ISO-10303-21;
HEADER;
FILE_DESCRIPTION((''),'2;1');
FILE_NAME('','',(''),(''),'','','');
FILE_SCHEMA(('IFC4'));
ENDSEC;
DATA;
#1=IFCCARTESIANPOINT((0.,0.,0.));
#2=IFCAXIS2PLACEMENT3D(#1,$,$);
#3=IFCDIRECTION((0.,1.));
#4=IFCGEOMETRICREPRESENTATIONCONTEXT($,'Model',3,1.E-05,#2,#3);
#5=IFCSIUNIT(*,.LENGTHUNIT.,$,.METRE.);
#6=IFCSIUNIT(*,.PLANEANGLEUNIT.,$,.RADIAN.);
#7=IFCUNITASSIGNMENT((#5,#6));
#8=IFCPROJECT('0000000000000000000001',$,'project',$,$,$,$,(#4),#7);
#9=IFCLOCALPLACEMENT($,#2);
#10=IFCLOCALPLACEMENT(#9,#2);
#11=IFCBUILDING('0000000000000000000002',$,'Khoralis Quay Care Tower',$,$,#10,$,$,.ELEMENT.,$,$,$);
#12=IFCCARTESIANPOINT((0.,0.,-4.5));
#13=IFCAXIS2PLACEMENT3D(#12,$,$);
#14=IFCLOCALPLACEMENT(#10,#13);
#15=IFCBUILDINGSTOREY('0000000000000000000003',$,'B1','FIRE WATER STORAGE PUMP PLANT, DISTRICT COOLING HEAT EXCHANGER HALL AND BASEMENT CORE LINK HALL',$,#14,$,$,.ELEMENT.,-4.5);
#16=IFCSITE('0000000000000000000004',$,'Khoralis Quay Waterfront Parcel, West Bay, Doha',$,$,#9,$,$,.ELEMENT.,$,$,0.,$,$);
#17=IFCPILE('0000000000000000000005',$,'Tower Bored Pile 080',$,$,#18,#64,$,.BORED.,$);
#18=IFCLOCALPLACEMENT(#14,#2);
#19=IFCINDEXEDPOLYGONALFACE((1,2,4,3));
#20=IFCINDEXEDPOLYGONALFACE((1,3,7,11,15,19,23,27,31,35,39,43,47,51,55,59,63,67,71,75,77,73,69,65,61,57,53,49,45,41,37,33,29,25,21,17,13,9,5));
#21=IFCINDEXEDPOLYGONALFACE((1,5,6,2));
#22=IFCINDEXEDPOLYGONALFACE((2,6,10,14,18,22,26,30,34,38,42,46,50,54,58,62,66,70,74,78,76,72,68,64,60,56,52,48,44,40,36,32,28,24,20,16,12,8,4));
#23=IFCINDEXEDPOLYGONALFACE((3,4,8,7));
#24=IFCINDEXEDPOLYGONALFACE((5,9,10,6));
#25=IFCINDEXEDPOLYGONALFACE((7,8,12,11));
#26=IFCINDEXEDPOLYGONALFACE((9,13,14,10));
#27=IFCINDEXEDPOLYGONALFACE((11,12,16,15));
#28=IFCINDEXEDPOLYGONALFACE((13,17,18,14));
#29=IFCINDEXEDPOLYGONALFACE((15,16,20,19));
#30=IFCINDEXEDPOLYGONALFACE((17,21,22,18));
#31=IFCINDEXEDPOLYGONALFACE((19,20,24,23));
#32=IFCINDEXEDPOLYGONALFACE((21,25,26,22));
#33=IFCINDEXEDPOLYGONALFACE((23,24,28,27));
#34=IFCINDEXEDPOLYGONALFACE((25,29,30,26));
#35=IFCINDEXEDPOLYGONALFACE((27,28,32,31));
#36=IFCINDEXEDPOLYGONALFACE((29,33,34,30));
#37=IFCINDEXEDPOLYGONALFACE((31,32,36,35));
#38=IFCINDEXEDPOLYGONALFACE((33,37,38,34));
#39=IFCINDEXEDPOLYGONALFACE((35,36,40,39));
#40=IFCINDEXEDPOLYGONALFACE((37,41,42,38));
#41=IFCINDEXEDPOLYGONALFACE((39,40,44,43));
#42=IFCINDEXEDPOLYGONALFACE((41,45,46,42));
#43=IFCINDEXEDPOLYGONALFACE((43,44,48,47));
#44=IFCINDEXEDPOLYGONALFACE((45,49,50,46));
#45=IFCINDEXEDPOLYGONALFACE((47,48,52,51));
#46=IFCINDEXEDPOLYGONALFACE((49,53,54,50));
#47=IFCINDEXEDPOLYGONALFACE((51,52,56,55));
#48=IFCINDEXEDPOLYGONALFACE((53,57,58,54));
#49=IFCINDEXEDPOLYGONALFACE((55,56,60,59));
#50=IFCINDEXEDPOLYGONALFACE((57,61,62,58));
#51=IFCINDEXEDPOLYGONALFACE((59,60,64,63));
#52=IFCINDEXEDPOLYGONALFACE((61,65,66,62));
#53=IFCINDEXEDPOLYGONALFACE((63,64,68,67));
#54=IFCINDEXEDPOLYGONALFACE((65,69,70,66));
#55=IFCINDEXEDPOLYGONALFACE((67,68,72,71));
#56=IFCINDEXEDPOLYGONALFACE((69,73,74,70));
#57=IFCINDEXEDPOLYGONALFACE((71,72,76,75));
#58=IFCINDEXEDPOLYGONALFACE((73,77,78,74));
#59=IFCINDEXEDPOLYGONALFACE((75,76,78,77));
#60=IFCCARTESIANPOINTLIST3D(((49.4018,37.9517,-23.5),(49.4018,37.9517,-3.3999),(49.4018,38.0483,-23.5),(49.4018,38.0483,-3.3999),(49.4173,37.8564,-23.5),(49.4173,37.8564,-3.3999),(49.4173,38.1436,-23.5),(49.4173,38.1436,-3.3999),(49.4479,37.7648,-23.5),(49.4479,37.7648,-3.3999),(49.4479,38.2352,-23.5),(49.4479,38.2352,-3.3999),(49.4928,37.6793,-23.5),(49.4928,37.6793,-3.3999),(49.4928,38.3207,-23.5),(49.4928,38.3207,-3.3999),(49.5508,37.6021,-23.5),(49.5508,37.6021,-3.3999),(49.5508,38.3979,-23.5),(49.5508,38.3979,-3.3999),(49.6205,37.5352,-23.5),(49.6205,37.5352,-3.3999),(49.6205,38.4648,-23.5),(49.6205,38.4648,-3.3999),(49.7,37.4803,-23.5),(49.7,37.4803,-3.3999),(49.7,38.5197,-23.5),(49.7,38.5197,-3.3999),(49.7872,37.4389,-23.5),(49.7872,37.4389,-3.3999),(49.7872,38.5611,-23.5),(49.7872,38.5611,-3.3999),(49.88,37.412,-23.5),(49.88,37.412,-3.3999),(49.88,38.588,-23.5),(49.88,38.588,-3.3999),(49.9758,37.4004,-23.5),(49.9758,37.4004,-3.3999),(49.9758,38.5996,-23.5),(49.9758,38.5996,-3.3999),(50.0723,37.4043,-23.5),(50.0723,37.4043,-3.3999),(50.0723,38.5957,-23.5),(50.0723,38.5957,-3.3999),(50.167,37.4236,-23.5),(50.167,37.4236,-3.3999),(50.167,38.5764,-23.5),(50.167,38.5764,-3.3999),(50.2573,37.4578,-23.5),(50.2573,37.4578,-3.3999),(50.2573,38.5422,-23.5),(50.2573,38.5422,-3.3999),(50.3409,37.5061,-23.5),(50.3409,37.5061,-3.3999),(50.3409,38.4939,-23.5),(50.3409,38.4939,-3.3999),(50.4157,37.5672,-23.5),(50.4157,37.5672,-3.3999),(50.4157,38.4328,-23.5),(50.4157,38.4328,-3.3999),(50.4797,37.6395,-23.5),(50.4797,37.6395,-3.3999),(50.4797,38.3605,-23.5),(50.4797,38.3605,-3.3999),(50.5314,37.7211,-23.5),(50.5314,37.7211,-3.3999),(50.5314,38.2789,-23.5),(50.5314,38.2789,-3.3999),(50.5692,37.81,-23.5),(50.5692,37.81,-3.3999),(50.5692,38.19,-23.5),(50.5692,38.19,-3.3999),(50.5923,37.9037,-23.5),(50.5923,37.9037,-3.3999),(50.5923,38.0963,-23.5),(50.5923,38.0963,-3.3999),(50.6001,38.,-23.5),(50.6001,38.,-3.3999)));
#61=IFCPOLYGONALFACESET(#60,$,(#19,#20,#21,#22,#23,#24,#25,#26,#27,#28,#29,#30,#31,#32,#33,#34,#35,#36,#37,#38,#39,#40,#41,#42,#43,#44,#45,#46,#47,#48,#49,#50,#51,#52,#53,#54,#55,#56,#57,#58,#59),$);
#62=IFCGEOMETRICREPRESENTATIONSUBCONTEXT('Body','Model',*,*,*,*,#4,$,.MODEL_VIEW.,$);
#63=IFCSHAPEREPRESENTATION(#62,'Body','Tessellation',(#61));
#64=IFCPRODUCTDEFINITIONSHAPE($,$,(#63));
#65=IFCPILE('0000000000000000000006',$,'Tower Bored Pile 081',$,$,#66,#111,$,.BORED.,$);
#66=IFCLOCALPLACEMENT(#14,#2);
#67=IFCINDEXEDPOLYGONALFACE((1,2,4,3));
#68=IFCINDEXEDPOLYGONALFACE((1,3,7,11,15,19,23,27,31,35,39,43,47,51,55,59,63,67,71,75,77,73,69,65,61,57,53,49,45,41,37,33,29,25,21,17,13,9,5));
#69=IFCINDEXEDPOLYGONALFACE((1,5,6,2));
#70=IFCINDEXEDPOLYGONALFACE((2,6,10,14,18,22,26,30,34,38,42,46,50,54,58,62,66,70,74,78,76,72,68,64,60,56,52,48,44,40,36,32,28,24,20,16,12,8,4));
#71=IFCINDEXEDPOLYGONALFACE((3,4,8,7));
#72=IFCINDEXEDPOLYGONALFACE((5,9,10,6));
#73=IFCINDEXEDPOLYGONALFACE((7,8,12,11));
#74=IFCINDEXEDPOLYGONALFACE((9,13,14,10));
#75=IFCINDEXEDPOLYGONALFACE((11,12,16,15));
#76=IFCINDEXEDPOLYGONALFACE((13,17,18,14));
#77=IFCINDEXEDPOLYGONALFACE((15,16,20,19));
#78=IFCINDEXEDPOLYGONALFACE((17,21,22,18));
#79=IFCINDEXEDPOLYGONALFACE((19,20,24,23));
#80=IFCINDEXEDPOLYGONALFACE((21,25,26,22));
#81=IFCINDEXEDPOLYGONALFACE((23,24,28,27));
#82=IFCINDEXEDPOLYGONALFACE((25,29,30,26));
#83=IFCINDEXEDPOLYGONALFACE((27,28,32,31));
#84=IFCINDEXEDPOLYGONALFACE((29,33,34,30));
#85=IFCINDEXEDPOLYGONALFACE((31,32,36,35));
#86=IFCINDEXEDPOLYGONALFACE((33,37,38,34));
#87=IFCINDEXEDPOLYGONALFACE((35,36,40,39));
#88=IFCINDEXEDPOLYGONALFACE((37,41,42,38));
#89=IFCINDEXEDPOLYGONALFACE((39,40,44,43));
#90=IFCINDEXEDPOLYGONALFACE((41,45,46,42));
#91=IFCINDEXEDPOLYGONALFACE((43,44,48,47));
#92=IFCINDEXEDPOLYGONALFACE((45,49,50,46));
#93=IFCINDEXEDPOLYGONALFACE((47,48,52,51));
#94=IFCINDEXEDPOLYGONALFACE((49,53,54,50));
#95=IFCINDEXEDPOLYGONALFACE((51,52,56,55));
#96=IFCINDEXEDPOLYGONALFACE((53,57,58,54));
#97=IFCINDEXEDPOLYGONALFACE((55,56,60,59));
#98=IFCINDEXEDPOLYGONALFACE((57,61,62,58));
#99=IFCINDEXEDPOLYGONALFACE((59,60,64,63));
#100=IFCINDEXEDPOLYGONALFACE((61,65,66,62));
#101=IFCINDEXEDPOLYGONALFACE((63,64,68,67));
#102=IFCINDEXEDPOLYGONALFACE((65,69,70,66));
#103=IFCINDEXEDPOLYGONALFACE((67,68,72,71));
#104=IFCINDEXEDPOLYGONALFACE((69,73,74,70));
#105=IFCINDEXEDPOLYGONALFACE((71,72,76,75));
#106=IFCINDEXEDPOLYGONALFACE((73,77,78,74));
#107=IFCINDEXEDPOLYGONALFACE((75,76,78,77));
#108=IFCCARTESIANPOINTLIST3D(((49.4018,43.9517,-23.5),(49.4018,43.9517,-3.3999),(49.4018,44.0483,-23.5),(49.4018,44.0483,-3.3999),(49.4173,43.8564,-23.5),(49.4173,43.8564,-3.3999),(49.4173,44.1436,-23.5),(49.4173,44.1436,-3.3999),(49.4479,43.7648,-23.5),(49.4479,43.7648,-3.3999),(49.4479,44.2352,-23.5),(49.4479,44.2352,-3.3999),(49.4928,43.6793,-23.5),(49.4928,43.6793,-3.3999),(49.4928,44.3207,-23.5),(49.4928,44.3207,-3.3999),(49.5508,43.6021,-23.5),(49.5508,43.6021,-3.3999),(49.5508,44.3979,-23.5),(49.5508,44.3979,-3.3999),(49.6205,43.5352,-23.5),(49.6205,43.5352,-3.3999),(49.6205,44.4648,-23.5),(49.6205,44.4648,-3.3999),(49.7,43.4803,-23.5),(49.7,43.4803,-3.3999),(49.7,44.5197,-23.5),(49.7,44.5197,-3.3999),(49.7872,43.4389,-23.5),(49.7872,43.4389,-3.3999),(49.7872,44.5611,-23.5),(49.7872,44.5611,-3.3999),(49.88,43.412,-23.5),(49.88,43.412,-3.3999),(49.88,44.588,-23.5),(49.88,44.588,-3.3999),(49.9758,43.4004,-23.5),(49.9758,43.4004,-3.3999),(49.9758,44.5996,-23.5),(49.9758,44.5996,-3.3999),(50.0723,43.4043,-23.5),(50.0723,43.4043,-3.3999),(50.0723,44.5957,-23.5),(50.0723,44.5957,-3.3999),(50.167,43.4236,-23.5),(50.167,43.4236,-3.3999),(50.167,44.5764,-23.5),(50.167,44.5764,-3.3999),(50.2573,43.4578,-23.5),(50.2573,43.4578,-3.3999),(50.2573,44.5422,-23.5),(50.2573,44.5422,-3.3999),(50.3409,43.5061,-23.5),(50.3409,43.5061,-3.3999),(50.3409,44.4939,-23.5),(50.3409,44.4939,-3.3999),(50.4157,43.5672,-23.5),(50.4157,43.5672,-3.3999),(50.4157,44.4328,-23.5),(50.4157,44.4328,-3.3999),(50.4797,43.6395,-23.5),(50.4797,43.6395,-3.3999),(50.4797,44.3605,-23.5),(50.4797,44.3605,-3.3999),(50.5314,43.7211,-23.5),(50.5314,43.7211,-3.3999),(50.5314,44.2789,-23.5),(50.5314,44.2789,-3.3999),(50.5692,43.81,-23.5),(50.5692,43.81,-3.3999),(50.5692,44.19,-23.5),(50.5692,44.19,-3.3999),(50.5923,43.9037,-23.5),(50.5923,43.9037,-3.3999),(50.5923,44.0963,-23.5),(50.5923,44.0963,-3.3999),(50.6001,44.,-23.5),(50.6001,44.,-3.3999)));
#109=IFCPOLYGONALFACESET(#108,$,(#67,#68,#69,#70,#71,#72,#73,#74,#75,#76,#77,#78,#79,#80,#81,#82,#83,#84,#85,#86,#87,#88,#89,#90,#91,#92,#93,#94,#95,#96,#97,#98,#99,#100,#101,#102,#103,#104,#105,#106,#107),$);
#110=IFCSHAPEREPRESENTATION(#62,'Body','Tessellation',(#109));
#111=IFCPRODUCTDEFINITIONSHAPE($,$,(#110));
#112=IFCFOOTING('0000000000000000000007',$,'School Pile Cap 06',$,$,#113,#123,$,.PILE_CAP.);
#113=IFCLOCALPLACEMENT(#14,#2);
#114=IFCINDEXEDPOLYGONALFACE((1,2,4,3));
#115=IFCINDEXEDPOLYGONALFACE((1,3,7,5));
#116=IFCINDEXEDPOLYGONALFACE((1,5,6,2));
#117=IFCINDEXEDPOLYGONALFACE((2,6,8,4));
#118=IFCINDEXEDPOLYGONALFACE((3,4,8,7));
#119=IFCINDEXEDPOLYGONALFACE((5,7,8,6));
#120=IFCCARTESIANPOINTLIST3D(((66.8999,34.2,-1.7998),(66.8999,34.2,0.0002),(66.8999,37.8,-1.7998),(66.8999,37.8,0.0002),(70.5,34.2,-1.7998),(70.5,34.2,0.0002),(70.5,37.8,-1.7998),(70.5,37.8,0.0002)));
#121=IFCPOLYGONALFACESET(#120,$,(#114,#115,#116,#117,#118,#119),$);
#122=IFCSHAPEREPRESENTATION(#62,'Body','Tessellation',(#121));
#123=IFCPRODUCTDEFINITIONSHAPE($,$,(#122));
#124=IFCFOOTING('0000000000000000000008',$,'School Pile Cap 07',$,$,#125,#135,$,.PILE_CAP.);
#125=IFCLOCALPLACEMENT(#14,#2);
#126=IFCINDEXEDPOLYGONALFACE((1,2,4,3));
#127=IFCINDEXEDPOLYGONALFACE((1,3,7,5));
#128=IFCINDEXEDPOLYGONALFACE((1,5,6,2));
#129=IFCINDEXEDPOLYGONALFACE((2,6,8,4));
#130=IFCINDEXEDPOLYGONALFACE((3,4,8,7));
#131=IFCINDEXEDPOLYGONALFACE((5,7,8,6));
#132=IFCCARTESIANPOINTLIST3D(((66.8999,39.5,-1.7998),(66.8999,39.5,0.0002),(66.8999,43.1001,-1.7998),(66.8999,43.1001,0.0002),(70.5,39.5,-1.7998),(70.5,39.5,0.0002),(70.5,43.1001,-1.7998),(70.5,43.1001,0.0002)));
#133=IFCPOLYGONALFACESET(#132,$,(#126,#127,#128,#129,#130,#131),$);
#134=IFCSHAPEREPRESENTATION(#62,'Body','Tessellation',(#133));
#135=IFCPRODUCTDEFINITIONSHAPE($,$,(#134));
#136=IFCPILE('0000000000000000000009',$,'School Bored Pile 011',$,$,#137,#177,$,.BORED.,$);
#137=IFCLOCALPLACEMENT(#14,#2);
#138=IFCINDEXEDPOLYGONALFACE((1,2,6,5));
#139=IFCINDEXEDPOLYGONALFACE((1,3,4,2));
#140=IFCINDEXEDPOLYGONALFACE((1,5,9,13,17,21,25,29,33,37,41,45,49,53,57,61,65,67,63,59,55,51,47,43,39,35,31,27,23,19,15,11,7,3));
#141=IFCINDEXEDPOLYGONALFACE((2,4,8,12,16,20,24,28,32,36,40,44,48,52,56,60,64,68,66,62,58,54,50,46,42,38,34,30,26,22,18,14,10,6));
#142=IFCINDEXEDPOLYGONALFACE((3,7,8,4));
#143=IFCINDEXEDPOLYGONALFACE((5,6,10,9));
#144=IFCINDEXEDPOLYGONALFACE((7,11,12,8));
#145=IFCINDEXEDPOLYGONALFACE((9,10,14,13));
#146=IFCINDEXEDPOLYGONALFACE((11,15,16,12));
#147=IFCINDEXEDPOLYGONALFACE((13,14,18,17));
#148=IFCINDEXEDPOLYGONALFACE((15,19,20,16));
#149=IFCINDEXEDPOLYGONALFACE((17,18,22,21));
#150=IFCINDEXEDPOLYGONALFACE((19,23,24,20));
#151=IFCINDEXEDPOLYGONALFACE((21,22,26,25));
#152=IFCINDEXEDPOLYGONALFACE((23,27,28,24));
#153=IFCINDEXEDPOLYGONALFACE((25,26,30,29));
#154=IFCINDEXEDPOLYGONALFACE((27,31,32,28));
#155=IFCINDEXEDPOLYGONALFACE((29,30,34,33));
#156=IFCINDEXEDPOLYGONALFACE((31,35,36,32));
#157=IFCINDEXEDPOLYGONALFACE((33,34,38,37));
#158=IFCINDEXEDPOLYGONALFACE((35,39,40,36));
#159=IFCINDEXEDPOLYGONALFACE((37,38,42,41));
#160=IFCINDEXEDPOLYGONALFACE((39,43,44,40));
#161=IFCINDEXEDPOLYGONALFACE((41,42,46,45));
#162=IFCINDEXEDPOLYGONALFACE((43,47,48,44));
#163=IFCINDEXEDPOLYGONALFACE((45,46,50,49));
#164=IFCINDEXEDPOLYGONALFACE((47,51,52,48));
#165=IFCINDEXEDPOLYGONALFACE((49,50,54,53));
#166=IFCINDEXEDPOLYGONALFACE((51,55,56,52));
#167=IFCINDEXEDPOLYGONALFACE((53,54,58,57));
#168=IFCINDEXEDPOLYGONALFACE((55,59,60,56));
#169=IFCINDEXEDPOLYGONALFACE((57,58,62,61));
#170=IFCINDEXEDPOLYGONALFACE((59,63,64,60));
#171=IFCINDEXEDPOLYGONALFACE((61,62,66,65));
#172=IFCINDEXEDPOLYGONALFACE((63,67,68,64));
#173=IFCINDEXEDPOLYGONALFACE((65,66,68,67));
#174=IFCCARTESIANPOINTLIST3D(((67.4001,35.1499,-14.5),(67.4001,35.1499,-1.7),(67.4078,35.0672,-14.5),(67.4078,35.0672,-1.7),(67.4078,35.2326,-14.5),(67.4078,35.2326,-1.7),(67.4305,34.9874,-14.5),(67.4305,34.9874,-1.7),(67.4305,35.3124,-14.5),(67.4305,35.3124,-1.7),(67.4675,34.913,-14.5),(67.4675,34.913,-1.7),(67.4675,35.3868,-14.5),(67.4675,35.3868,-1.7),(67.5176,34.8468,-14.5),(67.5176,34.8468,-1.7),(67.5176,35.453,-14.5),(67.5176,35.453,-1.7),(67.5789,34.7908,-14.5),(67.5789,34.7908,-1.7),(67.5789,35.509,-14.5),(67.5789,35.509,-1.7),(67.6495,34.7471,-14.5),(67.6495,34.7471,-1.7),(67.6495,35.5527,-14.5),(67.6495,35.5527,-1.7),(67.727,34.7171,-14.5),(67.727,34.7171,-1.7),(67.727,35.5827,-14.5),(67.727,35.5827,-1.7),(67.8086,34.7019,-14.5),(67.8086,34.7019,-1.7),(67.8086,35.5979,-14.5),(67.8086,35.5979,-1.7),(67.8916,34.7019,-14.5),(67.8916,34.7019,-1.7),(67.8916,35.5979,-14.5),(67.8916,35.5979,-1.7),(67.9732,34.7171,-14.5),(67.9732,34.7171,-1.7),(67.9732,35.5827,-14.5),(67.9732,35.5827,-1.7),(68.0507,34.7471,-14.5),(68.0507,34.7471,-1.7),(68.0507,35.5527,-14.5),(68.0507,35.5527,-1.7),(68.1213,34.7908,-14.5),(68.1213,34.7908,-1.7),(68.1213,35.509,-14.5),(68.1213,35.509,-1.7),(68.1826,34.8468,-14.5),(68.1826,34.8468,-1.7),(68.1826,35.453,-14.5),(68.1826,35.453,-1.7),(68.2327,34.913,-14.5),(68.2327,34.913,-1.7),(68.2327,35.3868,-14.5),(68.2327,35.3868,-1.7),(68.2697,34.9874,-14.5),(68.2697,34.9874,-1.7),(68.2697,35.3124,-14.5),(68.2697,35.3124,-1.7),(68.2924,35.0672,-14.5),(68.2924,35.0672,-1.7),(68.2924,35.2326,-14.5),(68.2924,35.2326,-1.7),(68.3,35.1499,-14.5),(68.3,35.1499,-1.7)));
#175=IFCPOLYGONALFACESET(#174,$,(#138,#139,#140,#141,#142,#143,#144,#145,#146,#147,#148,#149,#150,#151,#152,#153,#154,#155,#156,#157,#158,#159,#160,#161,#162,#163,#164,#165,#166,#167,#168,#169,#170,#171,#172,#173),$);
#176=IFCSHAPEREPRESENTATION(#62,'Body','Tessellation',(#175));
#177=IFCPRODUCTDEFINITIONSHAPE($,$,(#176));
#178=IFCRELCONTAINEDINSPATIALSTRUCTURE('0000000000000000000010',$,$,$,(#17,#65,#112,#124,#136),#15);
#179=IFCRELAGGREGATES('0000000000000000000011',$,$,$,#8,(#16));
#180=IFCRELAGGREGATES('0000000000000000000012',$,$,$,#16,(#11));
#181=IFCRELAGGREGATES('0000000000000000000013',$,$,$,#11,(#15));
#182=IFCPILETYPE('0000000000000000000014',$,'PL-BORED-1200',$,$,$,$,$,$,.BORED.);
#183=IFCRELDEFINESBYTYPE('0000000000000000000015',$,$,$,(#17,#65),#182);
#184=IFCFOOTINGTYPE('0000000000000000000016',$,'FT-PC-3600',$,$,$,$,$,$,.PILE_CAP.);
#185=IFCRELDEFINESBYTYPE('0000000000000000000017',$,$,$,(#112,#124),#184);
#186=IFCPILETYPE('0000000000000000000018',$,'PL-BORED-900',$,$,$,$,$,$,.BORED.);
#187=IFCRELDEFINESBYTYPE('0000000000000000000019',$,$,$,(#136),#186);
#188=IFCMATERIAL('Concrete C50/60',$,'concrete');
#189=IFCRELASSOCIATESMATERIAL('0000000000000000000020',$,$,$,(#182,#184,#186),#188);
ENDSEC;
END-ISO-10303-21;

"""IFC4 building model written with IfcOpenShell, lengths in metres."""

from ifc_helpers import new_model, si_unit, direction, frame, origin, origin_2d, place, context, subcontext, project, spatial, rectangle, circle, extrude, source, transform, mapped, material, material_profile, profile_set, type_object, element, save


model = new_model("IFC4")

# Units and contexts
model_context = context("Model", 3, precision=1e-05, world=origin(), true_north=direction((0.0, 1.0)))
body_context = subcontext(model_context, "Body", "Model", "MODEL_VIEW")
ifc_project = project(units=[si_unit("LENGTHUNIT", "METRE"), si_unit("PLANEANGLEUNIT", "RADIAN")], contexts=[model_context])

# Site, building, storey
site_placement = place(None, origin())
site = spatial("IfcSite", under=ifc_project, at=site_placement, Name="Khoralis Quay Waterfront Parcel, West Bay, Doha", CompositionType="ELEMENT", RefElevation=0.0)
building_placement = place(site_placement, origin())
building = spatial("IfcBuilding", under=site, at=building_placement, Name="Khoralis Quay Care Tower", CompositionType="ELEMENT")
storey_placement = place(building_placement, frame((0.0, 0.0, -4.5)))
storey = spatial("IfcBuildingStorey", under=building, at=storey_placement, Name="B1", Description="FIRE WATER STORAGE PUMP PLANT, DISTRICT COOLING HEAT EXCHANGER HALL AND BASEMENT CORE LINK HALL", CompositionType="ELEMENT", Elevation=-4.5)

# Piles
ifc_material_1 = material(Name="Concrete C50/60", Category="concrete")
ifc_material_profile_1 = material_profile(ifc_material_1, circle(Radius=0.6001, at=origin_2d()), Name="Concrete C50/60")
ifc_profile_set_1 = profile_set([ifc_material_profile_1], Name="Concrete C50/60")
pile_type_1 = type_object("IfcPileType", Name="PL-BORED-1200", PredefinedType="BORED", material=ifc_profile_set_1)
shared_shape_1 = source(origin(), body_context, "Body", "SweptSolid", [
    extrude(circle(Radius=0.6001, at=origin_2d()), origin(), (0.0, 0.0, 1.0), 20.1001),
])
for number, where, z_axis, x_axis, name in (
    (1, (50.0, 38.0, -3.3999), (0.0, 0.0, -1.0), (1.0, 0.0, 0.0), "Tower Bored Pile 080"),
    (2, (50.0, 44.0, -3.3999), (0.0, 0.0, -1.0), (1.0, 0.0, 0.0), "Tower Bored Pile 081"),
):
    element("IfcPile", number, at=place(storey_placement, frame(where, z_axis=z_axis, x_axis=x_axis)), inside=storey, type_object=pile_type_1, Name=name, PredefinedType="BORED", context=body_context, shape_type="MappedRepresentation", body=[
        mapped(shared_shape_1, transform((0.0, 0.0, 0.0), scale=1.0)),
    ])

# Footings
footing_type_1 = type_object("IfcFootingType", Name="FT-PC-3600", PredefinedType="PILE_CAP", material=ifc_material_1)
shared_shape_2 = source(origin(), body_context, "Body", "SweptSolid", [
    extrude(rectangle(XDim=3.6001, YDim=3.6001, at=origin_2d()), origin(), (0.0, 0.0, 1.0), 1.8),
])
for number, where, z_axis, x_axis, name in (
    (3, (68.7, 36.0, -1.7998), (0.0, 0.0, 1.0), (1.0, 0.0, 0.0), "School Pile Cap 06"),
    (4, (68.7, 41.3, -1.7998), (0.0, 0.0, 1.0), (1.0, 0.0, 0.0), "School Pile Cap 07"),
):
    element("IfcFooting", number, at=place(storey_placement, frame(where, z_axis=z_axis, x_axis=x_axis)), inside=storey, type_object=footing_type_1, Name=name, PredefinedType="PILE_CAP", context=body_context, shape_type="MappedRepresentation", body=[
        mapped(shared_shape_2, transform((0.0, 0.0, 0.0), scale=1.0)),
    ])

# Pile
ifc_material_profile_2 = material_profile(ifc_material_1, circle(Radius=0.45, at=origin_2d()), Name="Concrete C50/60")
ifc_profile_set_2 = profile_set([ifc_material_profile_2], Name="Concrete C50/60")
pile_type_2 = type_object("IfcPileType", Name="PL-BORED-900", PredefinedType="BORED", material=ifc_profile_set_2)
shared_shape_3 = source(origin(), body_context, "Body", "SweptSolid", [
    extrude(circle(Radius=0.45, at=origin_2d()), origin(), (0.0, 0.0, 1.0), 12.8),
])
for number, where, z_axis, x_axis, name in (
    (5, (67.8501, 35.1499, -1.7), (0.0, 0.0, -1.0), (1.0, 0.0, 0.0), "School Bored Pile 011"),
):
    element("IfcPile", number, at=place(storey_placement, frame(where, z_axis=z_axis, x_axis=x_axis)), inside=storey, type_object=pile_type_2, Name=name, PredefinedType="BORED", context=body_context, shape_type="MappedRepresentation", body=[
        mapped(shared_shape_3, transform((0.0, 0.0, 0.0), scale=1.0)),
    ])

save(model, "model.ifc")
